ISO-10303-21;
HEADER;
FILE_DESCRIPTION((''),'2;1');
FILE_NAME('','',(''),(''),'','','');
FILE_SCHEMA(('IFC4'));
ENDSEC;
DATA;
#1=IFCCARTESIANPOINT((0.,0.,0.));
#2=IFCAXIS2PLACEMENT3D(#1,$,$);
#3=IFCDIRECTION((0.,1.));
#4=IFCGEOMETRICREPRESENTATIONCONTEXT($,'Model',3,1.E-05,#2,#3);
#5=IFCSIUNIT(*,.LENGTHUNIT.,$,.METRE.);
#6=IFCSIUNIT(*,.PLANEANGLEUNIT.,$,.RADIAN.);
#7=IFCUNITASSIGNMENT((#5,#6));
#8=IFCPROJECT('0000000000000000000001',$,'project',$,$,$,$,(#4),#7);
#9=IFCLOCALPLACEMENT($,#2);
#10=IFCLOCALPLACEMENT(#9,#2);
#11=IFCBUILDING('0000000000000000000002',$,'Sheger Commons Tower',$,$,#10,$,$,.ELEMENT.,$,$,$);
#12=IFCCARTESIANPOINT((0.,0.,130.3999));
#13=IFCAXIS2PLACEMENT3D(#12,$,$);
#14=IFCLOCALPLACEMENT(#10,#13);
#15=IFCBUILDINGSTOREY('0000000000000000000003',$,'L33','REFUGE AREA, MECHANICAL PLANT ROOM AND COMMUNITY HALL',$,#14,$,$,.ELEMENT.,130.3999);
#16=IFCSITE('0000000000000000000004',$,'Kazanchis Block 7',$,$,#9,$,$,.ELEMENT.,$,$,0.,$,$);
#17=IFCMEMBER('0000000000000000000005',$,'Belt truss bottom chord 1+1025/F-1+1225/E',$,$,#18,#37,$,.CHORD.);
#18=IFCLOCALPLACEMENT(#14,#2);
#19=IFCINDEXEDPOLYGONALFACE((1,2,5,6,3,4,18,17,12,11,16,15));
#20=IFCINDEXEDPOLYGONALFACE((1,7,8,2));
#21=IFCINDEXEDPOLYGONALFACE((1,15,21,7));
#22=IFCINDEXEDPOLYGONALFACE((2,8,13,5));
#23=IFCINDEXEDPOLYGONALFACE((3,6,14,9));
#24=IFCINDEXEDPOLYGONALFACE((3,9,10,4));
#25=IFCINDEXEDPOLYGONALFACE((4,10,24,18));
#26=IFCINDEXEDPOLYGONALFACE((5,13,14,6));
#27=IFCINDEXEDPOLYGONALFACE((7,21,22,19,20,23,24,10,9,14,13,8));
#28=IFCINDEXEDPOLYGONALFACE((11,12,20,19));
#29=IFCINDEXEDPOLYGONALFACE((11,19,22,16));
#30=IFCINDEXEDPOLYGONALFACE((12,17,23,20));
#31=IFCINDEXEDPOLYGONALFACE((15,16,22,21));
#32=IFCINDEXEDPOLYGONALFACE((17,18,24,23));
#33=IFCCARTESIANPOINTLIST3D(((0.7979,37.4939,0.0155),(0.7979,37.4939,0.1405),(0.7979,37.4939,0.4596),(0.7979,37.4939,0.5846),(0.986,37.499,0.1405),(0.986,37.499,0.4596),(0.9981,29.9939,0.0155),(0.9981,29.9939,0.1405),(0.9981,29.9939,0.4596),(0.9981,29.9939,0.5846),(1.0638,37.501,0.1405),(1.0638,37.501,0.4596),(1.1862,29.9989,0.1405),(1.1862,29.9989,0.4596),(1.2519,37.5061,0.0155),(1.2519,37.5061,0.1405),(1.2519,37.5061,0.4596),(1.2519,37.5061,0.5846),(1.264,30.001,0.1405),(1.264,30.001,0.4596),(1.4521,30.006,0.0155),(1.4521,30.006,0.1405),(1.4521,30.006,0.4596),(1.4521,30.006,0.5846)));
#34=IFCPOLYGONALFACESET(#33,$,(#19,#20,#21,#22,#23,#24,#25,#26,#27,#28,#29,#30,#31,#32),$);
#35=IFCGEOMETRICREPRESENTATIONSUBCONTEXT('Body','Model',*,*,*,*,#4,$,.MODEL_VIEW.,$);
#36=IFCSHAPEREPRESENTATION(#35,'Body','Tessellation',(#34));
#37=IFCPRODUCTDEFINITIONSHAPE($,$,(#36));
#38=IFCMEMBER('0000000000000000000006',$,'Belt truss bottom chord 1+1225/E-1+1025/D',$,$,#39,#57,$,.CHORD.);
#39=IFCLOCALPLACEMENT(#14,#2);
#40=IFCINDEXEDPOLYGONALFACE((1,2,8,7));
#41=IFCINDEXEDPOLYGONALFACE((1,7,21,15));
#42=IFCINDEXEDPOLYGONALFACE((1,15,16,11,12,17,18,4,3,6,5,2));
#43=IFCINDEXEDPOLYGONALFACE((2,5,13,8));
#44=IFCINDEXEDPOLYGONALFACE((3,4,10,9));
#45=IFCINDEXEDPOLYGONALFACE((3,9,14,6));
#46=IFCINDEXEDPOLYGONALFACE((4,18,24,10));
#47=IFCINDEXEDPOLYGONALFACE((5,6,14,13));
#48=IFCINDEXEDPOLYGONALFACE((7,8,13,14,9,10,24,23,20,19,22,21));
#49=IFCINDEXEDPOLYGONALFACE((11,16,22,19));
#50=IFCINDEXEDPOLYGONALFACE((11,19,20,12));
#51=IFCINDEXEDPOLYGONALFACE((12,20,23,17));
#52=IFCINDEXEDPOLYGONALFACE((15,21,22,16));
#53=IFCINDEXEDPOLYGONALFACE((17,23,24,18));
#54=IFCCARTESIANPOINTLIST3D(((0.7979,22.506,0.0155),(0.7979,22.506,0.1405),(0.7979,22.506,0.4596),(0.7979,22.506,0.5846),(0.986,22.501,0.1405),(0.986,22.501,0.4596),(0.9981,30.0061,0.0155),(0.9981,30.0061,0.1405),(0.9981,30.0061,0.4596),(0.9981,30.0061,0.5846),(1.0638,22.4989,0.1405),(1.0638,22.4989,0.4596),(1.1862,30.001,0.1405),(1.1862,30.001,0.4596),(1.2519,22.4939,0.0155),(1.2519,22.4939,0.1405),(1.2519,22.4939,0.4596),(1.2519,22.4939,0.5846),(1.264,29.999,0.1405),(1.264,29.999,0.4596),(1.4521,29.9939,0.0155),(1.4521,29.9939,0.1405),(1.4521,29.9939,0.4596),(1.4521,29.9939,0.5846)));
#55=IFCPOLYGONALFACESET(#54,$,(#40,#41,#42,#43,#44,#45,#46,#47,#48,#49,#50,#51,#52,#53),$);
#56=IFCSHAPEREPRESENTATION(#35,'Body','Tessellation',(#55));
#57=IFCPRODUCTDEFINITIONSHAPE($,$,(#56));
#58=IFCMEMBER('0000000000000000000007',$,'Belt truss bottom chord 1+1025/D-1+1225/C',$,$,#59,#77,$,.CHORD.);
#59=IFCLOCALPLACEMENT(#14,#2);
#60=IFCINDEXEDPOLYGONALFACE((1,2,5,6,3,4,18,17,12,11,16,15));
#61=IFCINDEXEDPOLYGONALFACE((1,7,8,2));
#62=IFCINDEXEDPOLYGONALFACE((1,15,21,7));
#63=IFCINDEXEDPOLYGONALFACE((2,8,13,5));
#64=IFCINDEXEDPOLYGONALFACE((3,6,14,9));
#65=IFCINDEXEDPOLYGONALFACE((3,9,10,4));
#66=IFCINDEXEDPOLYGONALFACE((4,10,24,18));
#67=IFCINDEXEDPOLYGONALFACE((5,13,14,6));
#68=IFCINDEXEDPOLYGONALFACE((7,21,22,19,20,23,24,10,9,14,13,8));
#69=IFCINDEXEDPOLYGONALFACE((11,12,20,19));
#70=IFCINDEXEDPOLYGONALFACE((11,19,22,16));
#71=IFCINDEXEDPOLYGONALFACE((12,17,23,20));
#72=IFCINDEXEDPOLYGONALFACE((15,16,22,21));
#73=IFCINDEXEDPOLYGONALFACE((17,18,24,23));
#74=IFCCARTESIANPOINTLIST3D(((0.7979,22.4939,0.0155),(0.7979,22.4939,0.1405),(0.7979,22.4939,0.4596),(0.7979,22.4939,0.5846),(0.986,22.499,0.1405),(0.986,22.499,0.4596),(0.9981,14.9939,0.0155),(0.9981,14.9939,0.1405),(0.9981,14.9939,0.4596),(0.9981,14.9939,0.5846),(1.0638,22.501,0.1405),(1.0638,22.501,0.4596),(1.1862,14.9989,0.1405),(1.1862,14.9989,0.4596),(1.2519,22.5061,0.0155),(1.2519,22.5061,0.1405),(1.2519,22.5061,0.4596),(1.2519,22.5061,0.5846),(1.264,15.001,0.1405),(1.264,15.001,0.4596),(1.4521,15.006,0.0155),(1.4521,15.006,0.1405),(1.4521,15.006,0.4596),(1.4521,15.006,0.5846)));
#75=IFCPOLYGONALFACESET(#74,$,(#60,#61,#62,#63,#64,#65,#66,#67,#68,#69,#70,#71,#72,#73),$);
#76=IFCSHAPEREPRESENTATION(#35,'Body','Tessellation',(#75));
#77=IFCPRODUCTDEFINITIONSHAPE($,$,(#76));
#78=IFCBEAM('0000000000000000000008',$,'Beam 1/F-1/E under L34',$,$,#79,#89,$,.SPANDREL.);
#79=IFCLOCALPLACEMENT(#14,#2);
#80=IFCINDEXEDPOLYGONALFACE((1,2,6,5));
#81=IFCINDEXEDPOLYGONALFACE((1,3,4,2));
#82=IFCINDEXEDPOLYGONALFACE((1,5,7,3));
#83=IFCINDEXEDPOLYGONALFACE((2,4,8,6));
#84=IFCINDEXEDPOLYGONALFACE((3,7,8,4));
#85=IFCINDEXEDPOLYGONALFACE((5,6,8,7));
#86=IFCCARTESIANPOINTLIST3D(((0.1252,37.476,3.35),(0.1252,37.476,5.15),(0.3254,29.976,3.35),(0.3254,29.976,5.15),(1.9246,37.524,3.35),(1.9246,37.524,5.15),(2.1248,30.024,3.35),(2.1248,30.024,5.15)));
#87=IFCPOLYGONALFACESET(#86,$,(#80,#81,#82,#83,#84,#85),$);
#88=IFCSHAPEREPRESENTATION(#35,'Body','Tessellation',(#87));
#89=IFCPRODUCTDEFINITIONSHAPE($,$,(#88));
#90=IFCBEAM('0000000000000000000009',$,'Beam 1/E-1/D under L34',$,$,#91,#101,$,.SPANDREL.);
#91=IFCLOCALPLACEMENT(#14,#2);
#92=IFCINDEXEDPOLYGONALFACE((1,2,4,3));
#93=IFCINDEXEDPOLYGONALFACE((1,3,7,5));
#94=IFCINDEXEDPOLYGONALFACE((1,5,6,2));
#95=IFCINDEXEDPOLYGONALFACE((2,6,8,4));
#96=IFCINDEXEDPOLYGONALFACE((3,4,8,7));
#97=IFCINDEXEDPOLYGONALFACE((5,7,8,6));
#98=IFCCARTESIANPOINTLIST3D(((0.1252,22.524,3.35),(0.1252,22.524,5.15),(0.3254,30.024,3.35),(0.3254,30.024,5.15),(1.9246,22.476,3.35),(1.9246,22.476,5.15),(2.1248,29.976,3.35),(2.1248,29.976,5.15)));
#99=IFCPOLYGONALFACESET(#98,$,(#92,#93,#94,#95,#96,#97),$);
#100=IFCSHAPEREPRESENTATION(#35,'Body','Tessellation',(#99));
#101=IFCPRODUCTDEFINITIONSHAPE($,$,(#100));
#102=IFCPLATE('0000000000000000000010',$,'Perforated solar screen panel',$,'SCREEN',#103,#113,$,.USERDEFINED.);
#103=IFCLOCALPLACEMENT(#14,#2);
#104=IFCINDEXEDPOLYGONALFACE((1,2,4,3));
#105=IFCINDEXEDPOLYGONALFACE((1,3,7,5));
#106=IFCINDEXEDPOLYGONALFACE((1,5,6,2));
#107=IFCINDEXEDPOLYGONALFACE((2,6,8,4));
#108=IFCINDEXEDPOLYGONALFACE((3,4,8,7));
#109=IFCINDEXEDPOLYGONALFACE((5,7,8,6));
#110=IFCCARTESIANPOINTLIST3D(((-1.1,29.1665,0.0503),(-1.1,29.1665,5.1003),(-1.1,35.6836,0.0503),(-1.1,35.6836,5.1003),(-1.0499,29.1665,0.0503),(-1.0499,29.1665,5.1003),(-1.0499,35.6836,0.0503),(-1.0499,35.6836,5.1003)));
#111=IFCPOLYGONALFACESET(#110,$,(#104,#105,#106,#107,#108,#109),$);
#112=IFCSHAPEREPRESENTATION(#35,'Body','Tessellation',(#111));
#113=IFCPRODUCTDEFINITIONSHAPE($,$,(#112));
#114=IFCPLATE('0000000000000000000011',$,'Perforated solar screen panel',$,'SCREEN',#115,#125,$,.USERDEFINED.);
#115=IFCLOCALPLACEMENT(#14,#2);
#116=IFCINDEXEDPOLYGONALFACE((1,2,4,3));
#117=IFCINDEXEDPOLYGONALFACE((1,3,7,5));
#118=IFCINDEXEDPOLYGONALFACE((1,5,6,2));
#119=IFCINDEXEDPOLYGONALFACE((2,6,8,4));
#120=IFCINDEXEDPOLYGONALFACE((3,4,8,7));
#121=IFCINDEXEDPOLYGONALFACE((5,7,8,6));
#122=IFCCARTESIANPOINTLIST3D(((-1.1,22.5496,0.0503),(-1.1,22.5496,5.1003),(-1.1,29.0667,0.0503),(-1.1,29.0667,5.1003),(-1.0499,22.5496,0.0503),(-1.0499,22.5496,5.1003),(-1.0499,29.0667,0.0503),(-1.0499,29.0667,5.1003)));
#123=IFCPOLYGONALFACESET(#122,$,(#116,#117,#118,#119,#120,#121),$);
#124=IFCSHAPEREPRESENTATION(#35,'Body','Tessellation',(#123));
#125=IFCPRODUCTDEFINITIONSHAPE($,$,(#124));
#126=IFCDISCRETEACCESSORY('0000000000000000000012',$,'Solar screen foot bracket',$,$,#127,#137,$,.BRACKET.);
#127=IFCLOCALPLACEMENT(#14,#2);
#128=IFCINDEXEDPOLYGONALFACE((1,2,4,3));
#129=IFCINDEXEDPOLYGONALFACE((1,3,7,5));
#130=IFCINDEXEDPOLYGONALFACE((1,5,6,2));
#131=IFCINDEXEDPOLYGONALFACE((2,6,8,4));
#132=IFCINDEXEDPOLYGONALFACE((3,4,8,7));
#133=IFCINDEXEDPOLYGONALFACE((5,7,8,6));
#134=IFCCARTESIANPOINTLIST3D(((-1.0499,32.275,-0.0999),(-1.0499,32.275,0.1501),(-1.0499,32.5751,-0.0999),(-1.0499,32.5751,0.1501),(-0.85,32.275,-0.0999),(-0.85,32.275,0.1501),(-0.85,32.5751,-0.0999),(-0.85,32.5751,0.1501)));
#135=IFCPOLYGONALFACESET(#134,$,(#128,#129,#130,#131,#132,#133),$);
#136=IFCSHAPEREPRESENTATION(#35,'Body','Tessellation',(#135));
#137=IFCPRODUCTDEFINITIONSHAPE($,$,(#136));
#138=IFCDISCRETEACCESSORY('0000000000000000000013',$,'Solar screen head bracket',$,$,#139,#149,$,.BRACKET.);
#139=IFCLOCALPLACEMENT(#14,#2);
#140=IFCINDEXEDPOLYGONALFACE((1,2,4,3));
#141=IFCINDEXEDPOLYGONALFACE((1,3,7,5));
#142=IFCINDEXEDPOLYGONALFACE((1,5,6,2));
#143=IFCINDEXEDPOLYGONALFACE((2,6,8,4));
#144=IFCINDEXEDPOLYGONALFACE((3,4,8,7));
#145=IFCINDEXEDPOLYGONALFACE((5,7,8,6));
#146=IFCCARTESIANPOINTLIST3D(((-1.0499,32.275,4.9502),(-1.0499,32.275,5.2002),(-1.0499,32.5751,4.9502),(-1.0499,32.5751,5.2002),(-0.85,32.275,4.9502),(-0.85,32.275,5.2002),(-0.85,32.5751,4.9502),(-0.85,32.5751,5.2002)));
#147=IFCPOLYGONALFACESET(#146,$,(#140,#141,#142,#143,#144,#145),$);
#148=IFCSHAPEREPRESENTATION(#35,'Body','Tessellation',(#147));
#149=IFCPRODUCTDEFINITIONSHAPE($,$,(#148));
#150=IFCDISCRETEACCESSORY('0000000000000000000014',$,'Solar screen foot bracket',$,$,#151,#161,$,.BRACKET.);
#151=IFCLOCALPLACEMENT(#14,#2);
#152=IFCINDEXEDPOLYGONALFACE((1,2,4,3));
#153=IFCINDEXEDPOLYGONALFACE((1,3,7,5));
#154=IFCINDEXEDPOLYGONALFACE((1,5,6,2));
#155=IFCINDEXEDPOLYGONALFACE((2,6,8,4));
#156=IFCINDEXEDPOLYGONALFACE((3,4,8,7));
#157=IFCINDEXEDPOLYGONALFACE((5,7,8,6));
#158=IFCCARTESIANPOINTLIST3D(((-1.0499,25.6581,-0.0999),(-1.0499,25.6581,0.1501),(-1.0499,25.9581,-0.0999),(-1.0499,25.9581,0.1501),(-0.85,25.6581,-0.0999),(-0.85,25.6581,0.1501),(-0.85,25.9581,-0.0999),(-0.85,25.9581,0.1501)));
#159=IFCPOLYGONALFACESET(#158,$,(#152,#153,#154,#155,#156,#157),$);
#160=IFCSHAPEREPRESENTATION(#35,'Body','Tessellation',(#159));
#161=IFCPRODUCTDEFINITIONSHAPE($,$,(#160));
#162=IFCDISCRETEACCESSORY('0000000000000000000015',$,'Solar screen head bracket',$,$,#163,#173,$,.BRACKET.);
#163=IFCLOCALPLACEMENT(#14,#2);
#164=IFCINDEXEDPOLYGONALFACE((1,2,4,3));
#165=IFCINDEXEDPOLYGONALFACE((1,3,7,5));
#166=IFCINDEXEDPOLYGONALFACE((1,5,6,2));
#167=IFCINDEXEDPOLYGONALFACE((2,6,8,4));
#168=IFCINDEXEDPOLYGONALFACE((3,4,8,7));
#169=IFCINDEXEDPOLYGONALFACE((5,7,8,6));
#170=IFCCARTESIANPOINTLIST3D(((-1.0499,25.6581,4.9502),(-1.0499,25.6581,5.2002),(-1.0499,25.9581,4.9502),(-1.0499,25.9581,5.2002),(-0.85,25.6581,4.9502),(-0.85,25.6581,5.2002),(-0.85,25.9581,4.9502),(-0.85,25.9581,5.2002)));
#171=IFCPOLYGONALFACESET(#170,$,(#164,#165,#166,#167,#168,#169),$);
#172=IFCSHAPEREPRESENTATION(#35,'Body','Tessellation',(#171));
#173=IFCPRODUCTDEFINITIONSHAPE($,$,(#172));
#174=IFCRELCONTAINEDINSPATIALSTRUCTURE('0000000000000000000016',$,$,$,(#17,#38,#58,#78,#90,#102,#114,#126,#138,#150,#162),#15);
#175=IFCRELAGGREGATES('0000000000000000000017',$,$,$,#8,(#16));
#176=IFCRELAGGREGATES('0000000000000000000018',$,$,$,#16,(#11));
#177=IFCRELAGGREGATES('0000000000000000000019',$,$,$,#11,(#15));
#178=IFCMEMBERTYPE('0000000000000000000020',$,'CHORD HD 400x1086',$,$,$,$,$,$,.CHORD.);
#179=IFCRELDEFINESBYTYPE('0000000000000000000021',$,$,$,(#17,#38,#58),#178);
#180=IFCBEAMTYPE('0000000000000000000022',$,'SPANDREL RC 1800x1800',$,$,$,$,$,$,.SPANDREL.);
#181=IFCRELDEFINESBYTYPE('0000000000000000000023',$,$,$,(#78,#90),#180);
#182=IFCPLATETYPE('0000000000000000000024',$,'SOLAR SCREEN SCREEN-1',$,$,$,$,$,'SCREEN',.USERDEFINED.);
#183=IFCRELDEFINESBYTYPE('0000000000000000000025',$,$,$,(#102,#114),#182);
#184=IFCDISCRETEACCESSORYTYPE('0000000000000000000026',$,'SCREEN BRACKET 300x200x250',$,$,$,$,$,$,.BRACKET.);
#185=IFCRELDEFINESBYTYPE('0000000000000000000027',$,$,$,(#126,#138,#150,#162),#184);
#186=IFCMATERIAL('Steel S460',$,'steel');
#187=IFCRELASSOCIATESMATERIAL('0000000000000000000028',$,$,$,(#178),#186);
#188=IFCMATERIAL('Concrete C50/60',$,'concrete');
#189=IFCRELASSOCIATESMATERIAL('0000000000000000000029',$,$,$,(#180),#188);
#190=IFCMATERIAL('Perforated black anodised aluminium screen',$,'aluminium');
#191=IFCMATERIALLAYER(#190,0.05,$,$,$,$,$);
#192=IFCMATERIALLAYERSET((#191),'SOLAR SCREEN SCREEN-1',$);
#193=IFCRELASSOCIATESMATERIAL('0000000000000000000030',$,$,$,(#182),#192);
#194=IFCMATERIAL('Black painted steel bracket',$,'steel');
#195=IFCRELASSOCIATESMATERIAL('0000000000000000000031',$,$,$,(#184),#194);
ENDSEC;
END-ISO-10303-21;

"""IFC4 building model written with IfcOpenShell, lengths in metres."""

from ifc_helpers import new_model, si_unit, direction, frame, origin, origin_2d, place, context, subcontext, project, spatial, rectangle, i_section, extrude, material, layer, layer_set, material_profile, profile_set, type_object, element, save


model = new_model("IFC4")

# Units and contexts
model_context = context("Model", 3, precision=1e-05, world=origin(), true_north=direction((0.0, 1.0)))
body_context = subcontext(model_context, "Body", "Model", "MODEL_VIEW")
ifc_project = project(units=[si_unit("LENGTHUNIT", "METRE"), si_unit("PLANEANGLEUNIT", "RADIAN")], contexts=[model_context])

# Site, building, storey
site_placement = place(None, origin())
site = spatial("IfcSite", under=ifc_project, at=site_placement, Name="Kazanchis Block 7", CompositionType="ELEMENT", RefElevation=0.0)
building_placement = place(site_placement, origin())
building = spatial("IfcBuilding", under=site, at=building_placement, Name="Sheger Commons Tower", CompositionType="ELEMENT")
storey_placement = place(building_placement, frame((0.0, 0.0, 130.3999)))
storey = spatial("IfcBuildingStorey", under=building, at=storey_placement, Name="L33", Description="REFUGE AREA, MECHANICAL PLANT ROOM AND COMMUNITY HALL", CompositionType="ELEMENT", Elevation=130.3999)

# Members
ifc_material_1 = material(Name="Steel S460", Category="steel")
ifc_material_profile_1 = material_profile(ifc_material_1, i_section(OverallWidth=0.4541, OverallDepth=0.5691, WebThickness=0.0779, FlangeThickness=0.125, at=origin_2d()), Name="HD 400x1086")
ifc_profile_set_1 = profile_set([ifc_material_profile_1], Name="Steel S460")
member_type_1 = type_object("IfcMemberType", Name="CHORD HD 400x1086", PredefinedType="CHORD", material=ifc_profile_set_1)
for number, where, z_axis, x_axis, name in (
    (1, (1.0249, 37.5, 0.3), (0.026683, -0.999644, 0.0), (0.999644, 0.026683, 0.0), "Belt truss bottom chord 1+1025/F-1+1225/E"),
    (2, (1.2251, 30.0, 0.3), (-0.026683, -0.999644, 0.0), (0.999644, -0.026683, 0.0), "Belt truss bottom chord 1+1225/E-1+1025/D"),
    (3, (1.0249, 22.5, 0.3), (0.026683, -0.999644, 0.0), (0.999644, 0.026683, 0.0), "Belt truss bottom chord 1+1025/D-1+1225/C"),
):
    element("IfcMember", number, at=place(storey_placement, frame(where, z_axis=z_axis, x_axis=x_axis)), inside=storey, type_object=member_type_1, Name=name, PredefinedType="CHORD", context=body_context, shape_type="SweptSolid", body=[
        extrude(i_section(OverallWidth=0.4541, OverallDepth=0.5691, WebThickness=0.0779, FlangeThickness=0.125, at=origin_2d()), origin(), (0.0, 0.0, 1.0), 7.5027),
    ])

# Beams
ifc_material_2 = material(Name="Concrete C50/60", Category="concrete")
ifc_material_profile_2 = material_profile(ifc_material_2, rectangle(XDim=1.8, YDim=1.8, at=origin_2d()), Name="RC 1800x1800")
ifc_profile_set_2 = profile_set([ifc_material_profile_2], Name="Concrete C50/60")
beam_type_1 = type_object("IfcBeamType", Name="SPANDREL RC 1800x1800", PredefinedType="SPANDREL", material=ifc_profile_set_2)
for number, where, z_axis, x_axis, name in (
    (4, (1.0249, 37.5, 4.25), (0.026683, -0.999644, 0.0), (0.999644, 0.026683, 0.0), "Beam 1/F-1/E under L34"),
    (5, (1.2251, 30.0, 4.25), (-0.026683, -0.999644, 0.0), (0.999644, -0.026683, 0.0), "Beam 1/E-1/D under L34"),
):
    element("IfcBeam", number, at=place(storey_placement, frame(where, z_axis=z_axis, x_axis=x_axis)), inside=storey, type_object=beam_type_1, Name=name, PredefinedType="SPANDREL", context=body_context, shape_type="SweptSolid", body=[
        extrude(rectangle(XDim=1.8, YDim=1.8, at=origin_2d()), origin(), (0.0, 0.0, 1.0), 7.5027),
    ])

# Plates
ifc_material_3 = material(Name="Perforated black anodised aluminium screen", Category="aluminium")
ifc_layer = layer(ifc_material_3, 0.05)
ifc_layer_set = layer_set([ifc_layer], Name="SOLAR SCREEN SCREEN-1")
plate_type = type_object("IfcPlateType", Name="SOLAR SCREEN SCREEN-1", ElementType="SCREEN", PredefinedType="USERDEFINED", material=ifc_layer_set)
for number, where, z_axis, x_axis, name in (
    (6, (-1.075, 32.425, 0.0503), (0.0, 0.0, 1.0), (0.0, -1.0, 0.0), "Perforated solar screen panel"),
    (7, (-1.075, 25.8081, 0.0503), (0.0, 0.0, 1.0), (0.0, -1.0, 0.0), "Perforated solar screen panel"),
):
    element("IfcPlate", number, at=place(storey_placement, frame(where, z_axis=z_axis, x_axis=x_axis)), inside=storey, type_object=plate_type, Name=name, ObjectType="SCREEN", PredefinedType="USERDEFINED", context=body_context, shape_type="SweptSolid", body=[
        extrude(rectangle(XDim=6.5171, YDim=0.05, at=origin_2d()), origin(), (0.0, 0.0, 1.0), 5.05),
    ])

# Discrete accessories
ifc_material_4 = material(Name="Black painted steel bracket", Category="steel")
discrete_accessory_type = type_object("IfcDiscreteAccessoryType", Name="SCREEN BRACKET 300x200x250", PredefinedType="BRACKET", material=ifc_material_4)
for number, where, z_axis, x_axis, name in (
    (8, (-0.95, 32.425, -0.0999), (0.0, 0.0, 1.0), (0.0, -1.0, 0.0), "Solar screen foot bracket"),
    (9, (-0.95, 32.425, 4.9502), (0.0, 0.0, 1.0), (0.0, -1.0, 0.0), "Solar screen head bracket"),
    (10, (-0.95, 25.8081, -0.0999), (0.0, 0.0, 1.0), (0.0, -1.0, 0.0), "Solar screen foot bracket"),
    (11, (-0.95, 25.8081, 4.9502), (0.0, 0.0, 1.0), (0.0, -1.0, 0.0), "Solar screen head bracket"),
):
    element("IfcDiscreteAccessory", number, at=place(storey_placement, frame(where, z_axis=z_axis, x_axis=x_axis)), inside=storey, type_object=discrete_accessory_type, Name=name, PredefinedType="BRACKET", context=body_context, shape_type="SweptSolid", body=[
        extrude(rectangle(XDim=0.3, YDim=0.2, at=origin_2d()), origin(), (0.0, 0.0, 1.0), 0.25),
    ])

save(model, "model.ifc")
